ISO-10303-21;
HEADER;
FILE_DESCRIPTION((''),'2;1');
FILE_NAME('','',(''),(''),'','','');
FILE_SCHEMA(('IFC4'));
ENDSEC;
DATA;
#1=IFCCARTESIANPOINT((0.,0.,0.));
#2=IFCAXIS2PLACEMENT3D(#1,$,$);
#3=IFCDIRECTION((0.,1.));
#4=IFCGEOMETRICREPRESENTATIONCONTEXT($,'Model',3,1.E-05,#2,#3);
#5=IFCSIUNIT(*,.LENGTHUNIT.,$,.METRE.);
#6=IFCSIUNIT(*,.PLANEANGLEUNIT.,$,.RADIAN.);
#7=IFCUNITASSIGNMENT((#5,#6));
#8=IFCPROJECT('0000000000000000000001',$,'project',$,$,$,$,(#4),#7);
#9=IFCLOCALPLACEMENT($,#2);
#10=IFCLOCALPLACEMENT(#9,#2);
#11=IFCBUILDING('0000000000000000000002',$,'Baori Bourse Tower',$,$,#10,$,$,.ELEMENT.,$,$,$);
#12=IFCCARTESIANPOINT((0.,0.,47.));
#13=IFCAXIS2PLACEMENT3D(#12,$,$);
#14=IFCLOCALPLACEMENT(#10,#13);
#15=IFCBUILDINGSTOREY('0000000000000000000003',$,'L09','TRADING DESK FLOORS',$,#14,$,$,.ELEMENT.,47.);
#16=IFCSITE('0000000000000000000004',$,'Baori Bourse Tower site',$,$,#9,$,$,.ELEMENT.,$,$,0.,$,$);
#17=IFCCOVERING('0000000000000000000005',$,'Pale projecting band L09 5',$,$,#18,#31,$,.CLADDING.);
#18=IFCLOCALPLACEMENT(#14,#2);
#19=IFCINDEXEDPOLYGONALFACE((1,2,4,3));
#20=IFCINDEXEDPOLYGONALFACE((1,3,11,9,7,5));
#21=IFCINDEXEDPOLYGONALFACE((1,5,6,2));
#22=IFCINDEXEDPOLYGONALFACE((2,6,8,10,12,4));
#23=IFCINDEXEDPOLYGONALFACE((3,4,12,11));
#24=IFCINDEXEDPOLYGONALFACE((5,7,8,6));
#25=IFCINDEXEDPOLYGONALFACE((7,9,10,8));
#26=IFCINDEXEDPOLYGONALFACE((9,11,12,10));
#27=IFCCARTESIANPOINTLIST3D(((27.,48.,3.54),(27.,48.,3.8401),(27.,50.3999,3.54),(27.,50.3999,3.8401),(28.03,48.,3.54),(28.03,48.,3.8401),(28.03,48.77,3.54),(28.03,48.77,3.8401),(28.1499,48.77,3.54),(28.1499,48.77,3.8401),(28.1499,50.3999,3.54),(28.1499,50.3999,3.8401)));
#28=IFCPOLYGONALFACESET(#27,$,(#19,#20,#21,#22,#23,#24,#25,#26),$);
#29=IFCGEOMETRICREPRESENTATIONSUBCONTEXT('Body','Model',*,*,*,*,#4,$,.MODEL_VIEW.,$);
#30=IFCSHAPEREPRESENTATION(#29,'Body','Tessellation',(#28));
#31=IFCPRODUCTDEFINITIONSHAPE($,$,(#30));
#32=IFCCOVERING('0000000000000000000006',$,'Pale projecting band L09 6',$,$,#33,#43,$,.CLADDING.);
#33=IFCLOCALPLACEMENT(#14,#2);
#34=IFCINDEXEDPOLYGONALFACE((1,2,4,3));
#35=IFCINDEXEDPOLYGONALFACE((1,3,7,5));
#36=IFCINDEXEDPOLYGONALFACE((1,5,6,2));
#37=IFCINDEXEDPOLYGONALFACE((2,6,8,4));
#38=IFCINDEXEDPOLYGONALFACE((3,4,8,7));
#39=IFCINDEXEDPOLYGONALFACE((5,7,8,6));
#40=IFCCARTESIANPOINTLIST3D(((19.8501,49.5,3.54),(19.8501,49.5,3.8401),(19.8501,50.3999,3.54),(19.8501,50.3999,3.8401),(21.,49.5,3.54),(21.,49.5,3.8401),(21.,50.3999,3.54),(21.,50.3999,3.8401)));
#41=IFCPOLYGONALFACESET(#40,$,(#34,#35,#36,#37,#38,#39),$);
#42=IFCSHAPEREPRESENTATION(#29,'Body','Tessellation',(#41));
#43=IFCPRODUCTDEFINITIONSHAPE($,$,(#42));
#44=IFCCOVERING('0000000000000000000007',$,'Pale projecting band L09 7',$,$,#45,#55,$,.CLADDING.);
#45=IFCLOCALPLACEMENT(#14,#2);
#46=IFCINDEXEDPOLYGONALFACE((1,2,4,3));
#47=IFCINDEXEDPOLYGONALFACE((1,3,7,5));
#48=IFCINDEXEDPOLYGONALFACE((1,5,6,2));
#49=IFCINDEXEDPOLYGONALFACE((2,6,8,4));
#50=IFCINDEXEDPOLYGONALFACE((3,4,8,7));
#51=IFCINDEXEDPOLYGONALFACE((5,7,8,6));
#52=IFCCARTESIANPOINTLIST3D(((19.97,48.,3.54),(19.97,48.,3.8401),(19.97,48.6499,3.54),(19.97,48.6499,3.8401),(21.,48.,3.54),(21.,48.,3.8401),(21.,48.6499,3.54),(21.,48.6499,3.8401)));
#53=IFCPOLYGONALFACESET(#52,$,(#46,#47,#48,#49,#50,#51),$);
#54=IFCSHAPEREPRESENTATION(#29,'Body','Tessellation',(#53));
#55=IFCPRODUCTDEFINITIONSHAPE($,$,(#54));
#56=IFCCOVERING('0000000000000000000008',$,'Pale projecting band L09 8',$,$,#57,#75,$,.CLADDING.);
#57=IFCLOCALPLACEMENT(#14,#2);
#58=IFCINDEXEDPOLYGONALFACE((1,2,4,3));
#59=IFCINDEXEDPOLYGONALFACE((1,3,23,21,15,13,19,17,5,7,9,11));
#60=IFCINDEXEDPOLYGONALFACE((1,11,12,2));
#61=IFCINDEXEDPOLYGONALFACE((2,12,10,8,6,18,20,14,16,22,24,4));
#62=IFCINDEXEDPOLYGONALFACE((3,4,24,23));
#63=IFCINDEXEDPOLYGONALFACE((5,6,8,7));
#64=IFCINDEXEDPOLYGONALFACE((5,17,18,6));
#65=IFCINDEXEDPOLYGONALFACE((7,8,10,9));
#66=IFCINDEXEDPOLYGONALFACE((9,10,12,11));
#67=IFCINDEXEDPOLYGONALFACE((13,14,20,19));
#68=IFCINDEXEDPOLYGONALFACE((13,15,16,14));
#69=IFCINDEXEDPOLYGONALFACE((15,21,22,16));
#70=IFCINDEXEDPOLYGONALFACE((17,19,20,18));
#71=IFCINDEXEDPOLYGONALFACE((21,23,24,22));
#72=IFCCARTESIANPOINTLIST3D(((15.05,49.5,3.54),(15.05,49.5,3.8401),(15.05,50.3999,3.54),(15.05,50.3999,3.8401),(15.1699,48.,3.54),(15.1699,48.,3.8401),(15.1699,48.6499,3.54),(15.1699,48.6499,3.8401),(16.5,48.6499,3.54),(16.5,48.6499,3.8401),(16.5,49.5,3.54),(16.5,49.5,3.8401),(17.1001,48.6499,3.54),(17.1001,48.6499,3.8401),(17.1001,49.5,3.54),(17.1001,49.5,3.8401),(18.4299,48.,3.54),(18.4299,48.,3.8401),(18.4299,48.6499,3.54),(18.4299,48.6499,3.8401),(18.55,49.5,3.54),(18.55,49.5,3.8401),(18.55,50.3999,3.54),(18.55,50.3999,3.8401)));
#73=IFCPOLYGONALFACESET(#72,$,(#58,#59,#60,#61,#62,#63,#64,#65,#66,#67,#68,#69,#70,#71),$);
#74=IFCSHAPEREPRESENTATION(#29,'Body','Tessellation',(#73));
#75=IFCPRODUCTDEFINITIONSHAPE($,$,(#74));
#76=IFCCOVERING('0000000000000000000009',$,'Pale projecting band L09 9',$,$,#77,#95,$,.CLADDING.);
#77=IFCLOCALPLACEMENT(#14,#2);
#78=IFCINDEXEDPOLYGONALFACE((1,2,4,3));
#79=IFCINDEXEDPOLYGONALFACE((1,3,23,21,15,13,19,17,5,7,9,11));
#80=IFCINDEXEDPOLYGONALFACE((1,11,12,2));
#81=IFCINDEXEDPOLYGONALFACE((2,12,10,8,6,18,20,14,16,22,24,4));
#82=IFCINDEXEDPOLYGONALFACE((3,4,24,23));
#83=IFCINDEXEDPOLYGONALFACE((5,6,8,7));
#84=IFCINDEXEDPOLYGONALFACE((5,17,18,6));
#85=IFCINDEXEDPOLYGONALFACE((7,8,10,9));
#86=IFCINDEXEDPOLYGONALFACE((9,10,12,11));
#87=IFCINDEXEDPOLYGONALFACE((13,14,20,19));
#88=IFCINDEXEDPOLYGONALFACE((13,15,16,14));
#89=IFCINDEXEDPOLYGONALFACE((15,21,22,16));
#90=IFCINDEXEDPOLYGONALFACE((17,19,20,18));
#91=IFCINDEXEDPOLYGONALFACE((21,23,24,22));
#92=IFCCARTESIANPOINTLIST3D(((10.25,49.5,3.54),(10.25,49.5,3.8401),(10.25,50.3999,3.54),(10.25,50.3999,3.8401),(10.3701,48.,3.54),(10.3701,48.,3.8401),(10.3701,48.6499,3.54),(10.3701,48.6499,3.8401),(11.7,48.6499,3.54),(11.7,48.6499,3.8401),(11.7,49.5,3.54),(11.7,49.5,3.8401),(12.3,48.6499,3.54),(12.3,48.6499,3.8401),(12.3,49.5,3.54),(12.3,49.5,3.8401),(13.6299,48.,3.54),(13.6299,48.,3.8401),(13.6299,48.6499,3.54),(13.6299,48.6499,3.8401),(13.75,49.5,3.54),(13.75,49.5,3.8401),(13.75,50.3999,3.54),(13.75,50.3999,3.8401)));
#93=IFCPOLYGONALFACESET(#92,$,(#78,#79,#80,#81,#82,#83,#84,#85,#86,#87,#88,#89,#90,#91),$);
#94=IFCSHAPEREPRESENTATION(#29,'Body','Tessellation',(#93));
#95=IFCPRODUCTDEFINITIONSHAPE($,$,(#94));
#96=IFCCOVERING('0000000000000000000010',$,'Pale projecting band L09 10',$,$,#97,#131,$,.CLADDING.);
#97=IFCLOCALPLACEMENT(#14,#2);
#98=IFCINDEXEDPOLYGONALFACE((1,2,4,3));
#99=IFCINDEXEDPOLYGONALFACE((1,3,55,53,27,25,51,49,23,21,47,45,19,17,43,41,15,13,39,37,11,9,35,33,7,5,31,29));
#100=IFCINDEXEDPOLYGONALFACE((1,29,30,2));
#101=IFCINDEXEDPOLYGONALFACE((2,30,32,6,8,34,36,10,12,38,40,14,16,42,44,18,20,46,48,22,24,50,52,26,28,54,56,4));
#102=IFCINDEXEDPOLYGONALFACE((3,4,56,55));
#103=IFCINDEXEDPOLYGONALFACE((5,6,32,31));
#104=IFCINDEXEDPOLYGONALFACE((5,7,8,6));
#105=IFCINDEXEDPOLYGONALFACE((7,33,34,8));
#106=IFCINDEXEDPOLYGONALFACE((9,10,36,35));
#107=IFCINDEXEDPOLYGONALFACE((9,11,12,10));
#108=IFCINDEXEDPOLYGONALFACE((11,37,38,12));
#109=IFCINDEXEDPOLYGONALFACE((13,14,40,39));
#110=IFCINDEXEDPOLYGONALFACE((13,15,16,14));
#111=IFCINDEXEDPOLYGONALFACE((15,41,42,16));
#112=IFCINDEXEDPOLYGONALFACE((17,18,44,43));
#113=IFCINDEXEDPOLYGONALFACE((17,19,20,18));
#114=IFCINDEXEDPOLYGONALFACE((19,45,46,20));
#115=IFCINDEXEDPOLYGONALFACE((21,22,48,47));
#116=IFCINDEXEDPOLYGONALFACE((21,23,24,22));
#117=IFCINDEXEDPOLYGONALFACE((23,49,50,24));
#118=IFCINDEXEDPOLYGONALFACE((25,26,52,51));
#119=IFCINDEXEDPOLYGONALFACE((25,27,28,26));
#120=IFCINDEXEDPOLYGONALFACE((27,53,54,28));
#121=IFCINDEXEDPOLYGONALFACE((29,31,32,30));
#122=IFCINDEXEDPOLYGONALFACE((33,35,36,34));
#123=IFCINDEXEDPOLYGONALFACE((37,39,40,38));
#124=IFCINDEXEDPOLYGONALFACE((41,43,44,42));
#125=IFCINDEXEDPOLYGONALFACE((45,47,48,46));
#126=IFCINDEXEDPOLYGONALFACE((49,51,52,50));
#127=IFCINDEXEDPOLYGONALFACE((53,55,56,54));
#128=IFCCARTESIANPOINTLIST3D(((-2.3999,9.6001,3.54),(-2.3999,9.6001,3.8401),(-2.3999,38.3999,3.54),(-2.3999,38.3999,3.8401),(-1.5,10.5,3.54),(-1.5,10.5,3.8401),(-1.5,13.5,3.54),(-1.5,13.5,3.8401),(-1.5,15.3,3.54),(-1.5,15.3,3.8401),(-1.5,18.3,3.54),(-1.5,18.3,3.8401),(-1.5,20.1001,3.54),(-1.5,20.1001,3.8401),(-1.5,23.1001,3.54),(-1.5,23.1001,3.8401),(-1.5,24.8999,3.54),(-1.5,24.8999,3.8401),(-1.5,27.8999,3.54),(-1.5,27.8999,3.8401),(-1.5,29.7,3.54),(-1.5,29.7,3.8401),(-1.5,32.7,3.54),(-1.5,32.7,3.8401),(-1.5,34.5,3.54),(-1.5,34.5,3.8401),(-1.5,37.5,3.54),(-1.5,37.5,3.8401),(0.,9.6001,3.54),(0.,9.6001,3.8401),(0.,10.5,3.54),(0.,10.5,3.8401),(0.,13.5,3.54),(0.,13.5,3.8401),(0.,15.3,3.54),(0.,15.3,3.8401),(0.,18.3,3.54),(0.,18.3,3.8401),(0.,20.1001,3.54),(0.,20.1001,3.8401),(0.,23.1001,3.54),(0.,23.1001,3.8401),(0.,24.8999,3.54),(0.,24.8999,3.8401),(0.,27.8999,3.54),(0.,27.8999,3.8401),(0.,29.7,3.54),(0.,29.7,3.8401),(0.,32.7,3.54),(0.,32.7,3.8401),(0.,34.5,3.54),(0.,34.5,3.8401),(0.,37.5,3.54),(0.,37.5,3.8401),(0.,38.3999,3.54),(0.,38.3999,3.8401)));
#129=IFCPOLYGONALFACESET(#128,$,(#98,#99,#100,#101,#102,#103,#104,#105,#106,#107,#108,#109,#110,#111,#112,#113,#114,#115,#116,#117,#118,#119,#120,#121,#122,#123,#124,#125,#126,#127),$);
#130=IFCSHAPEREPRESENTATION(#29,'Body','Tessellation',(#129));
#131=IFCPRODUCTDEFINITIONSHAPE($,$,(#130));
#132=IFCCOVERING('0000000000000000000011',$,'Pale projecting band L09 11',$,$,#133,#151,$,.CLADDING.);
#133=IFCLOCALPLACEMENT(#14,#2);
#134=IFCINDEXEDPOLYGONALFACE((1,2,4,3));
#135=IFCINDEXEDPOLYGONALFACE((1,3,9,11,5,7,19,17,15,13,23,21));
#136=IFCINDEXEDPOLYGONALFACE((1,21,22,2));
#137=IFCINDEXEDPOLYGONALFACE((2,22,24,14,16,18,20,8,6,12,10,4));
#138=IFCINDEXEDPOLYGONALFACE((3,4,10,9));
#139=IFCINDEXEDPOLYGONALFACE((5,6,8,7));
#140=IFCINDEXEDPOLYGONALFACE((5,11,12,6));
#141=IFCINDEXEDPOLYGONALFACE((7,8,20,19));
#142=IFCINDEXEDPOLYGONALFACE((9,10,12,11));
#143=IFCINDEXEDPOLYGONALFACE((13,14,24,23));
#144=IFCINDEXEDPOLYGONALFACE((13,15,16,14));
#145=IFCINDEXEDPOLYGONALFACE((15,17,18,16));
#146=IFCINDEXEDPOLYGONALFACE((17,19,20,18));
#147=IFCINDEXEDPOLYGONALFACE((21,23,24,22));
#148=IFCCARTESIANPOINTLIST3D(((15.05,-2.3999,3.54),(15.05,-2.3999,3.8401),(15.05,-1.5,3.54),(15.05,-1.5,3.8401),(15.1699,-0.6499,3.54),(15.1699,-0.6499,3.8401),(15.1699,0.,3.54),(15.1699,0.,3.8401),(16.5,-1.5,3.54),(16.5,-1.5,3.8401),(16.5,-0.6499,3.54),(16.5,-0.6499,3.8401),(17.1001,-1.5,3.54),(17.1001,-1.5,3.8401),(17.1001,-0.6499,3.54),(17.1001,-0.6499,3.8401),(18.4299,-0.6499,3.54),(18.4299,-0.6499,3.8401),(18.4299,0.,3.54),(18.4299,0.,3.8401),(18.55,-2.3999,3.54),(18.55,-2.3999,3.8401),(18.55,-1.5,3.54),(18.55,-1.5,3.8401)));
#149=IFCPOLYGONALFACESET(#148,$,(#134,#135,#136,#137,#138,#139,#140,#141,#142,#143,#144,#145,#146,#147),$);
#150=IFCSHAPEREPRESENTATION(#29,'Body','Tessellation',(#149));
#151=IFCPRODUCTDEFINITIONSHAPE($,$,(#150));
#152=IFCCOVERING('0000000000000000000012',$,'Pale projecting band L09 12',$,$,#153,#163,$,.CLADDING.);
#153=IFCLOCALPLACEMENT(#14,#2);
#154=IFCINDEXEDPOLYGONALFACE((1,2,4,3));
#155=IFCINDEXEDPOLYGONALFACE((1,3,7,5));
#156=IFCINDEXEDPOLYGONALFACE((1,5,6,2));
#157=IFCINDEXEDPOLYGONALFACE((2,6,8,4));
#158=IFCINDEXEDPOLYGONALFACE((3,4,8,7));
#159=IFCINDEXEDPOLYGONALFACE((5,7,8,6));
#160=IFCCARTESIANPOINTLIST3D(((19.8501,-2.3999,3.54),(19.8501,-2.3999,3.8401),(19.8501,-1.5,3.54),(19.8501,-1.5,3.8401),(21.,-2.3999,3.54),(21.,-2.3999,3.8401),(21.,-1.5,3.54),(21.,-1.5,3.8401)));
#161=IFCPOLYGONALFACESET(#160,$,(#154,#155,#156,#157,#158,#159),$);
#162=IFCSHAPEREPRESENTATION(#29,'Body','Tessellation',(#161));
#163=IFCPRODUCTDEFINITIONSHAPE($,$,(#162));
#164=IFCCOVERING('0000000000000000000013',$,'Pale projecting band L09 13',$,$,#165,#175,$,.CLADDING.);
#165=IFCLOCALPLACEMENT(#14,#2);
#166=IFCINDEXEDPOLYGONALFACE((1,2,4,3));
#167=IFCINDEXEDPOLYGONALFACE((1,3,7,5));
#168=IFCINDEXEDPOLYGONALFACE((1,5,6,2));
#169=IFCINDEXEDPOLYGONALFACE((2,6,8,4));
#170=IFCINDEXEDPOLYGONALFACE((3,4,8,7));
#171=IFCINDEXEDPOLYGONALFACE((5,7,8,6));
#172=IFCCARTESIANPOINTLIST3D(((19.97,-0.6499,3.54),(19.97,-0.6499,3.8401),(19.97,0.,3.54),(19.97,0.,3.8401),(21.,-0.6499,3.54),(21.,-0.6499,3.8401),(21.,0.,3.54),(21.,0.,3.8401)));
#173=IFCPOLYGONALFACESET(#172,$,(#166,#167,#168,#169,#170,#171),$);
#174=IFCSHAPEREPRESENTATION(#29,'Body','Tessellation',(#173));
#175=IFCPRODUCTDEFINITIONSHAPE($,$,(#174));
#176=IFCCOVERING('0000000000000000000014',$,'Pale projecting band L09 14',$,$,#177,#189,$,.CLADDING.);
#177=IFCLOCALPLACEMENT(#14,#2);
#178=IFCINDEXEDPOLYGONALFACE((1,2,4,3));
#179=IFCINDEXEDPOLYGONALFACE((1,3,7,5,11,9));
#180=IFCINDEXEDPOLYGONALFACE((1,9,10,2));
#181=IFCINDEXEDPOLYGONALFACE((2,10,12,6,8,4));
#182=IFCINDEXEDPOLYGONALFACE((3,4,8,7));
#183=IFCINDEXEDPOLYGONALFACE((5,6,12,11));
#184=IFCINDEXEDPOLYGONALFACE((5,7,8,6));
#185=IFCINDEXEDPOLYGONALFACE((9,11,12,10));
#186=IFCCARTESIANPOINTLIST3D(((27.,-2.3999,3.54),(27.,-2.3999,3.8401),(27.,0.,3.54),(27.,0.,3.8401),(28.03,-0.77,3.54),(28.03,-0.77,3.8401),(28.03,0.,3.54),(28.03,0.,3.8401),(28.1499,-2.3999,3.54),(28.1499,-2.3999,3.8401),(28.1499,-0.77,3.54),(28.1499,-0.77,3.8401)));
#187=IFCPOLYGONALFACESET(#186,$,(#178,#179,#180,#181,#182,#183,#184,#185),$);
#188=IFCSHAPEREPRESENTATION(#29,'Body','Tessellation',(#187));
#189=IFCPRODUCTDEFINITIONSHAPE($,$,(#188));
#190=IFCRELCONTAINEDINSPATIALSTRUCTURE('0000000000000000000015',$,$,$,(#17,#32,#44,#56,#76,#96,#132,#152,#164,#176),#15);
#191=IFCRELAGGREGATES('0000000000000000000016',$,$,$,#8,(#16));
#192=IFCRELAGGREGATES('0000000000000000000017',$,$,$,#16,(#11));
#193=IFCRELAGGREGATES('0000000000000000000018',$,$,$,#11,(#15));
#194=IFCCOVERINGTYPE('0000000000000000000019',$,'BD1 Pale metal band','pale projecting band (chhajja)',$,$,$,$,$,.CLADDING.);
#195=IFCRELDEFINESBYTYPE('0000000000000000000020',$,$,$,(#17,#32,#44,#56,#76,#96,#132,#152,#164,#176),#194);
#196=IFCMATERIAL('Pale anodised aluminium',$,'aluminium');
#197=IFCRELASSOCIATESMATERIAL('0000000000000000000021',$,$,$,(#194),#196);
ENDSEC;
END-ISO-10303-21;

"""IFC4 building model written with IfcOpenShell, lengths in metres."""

from ifc_helpers import new_model, si_unit, direction, frame, origin, place, context, subcontext, project, spatial, polyline, outline, extrude, material, type_object, element, save


model = new_model("IFC4")

# Units and contexts
model_context = context("Model", 3, precision=1e-05, world=origin(), true_north=direction((0.0, 1.0)))
body_context = subcontext(model_context, "Body", "Model", "MODEL_VIEW")
ifc_project = project(units=[si_unit("LENGTHUNIT", "METRE"), si_unit("PLANEANGLEUNIT", "RADIAN")], contexts=[model_context])

# Site, building, storey
site_placement = place(None, origin())
site = spatial("IfcSite", under=ifc_project, at=site_placement, Name="Baori Bourse Tower site", CompositionType="ELEMENT", RefElevation=0.0)
building_placement = place(site_placement, origin())
building = spatial("IfcBuilding", under=site, at=building_placement, Name="Baori Bourse Tower", CompositionType="ELEMENT")
storey_placement = place(building_placement, frame((0.0, 0.0, 47.0)))
storey = spatial("IfcBuildingStorey", under=building, at=storey_placement, Name="L09", Description="TRADING DESK FLOORS", CompositionType="ELEMENT", Elevation=47.0)

# Coverings
ifc_material_1 = material(Name="Pale anodised aluminium", Category="aluminium")
covering_type = type_object("IfcCoveringType", Name="BD1 Pale metal band", Description="pale projecting band (chhajja)", PredefinedType="CLADDING", material=ifc_material_1)
covering_1_placement = place(storey_placement, frame((0.0, 0.0, 3.54)))
element("IfcCovering", 1, at=covering_1_placement, inside=storey, type_object=covering_type, Name="Pale projecting band L09 5", PredefinedType="CLADDING", context=body_context, shape_type="SweptSolid", body=[
    extrude(outline(polyline([(27.0, 48.0), (28.03, 48.0), (28.03, 48.77), (28.1499, 48.77), (28.1499, 50.3999), (27.0, 50.3999), (27.0, 48.0)])), origin(), (0.0, 0.0, 1.0), 0.3),
])
covering_2_placement = place(storey_placement, frame((0.0, 0.0, 3.54)))
element("IfcCovering", 2, at=covering_2_placement, inside=storey, type_object=covering_type, Name="Pale projecting band L09 6", PredefinedType="CLADDING", context=body_context, shape_type="SweptSolid", body=[
    extrude(outline(polyline([(19.8501, 50.3999), (19.8501, 49.5), (21.0, 49.5), (21.0, 50.3999), (19.8501, 50.3999)])), origin(), (0.0, 0.0, 1.0), 0.3),
])
covering_3_placement = place(storey_placement, frame((0.0, 0.0, 3.54)))
element("IfcCovering", 3, at=covering_3_placement, inside=storey, type_object=covering_type, Name="Pale projecting band L09 7", PredefinedType="CLADDING", context=body_context, shape_type="SweptSolid", body=[
    extrude(outline(polyline([(19.97, 48.0), (21.0, 48.0), (21.0, 48.6499), (19.97, 48.6499), (19.97, 48.0)])), origin(), (0.0, 0.0, 1.0), 0.3),
])
covering_4_placement = place(storey_placement, frame((0.0, 0.0, 3.54)))
element("IfcCovering", 4, at=covering_4_placement, inside=storey, type_object=covering_type, Name="Pale projecting band L09 8", PredefinedType="CLADDING", context=body_context, shape_type="SweptSolid", body=[
    extrude(outline(polyline([(15.1699, 48.0), (18.4299, 48.0), (18.4299, 48.6499), (17.1001, 48.6499), (17.1001, 49.5), (18.55, 49.5), (18.55, 50.3999), (15.05, 50.3999), (15.05, 49.5), (16.5, 49.5), (16.5, 48.6499), (15.1699, 48.6499), (15.1699, 48.0)])), origin(), (0.0, 0.0, 1.0), 0.3),
])
covering_5_placement = place(storey_placement, frame((0.0, 0.0, 3.54)))
element("IfcCovering", 5, at=covering_5_placement, inside=storey, type_object=covering_type, Name="Pale projecting band L09 9", PredefinedType="CLADDING", context=body_context, shape_type="SweptSolid", body=[
    extrude(outline(polyline([(10.3701, 48.0), (13.6299, 48.0), (13.6299, 48.6499), (12.3, 48.6499), (12.3, 49.5), (13.75, 49.5), (13.75, 50.3999), (10.25, 50.3999), (10.25, 49.5), (11.7, 49.5), (11.7, 48.6499), (10.3701, 48.6499), (10.3701, 48.0)])), origin(), (0.0, 0.0, 1.0), 0.3),
])
covering_6_placement = place(storey_placement, frame((0.0, 0.0, 3.54)))
element("IfcCovering", 6, at=covering_6_placement, inside=storey, type_object=covering_type, Name="Pale projecting band L09 10", PredefinedType="CLADDING", context=body_context, shape_type="SweptSolid", body=[
    extrude(outline(polyline([(0.0, 37.5), (0.0, 38.3999), (-2.3999, 38.3999), (-2.3999, 9.6001), (0.0, 9.6001), (0.0, 10.5), (-1.5, 10.5), (-1.5, 13.5), (0.0, 13.5), (0.0, 15.3), (-1.5, 15.3), (-1.5, 18.3), (0.0, 18.3), (0.0, 20.1001), (-1.5, 20.1001), (-1.5, 23.1001), (0.0, 23.1001), (0.0, 24.8999), (-1.5, 24.8999), (-1.5, 27.8999), (0.0, 27.8999), (0.0, 29.7), (-1.5, 29.7), (-1.5, 32.7), (0.0, 32.7), (0.0, 34.5), (-1.5, 34.5), (-1.5, 37.5), (0.0, 37.5)])), origin(), (0.0, 0.0, 1.0), 0.3),
])
covering_7_placement = place(storey_placement, frame((0.0, 0.0, 3.54)))
element("IfcCovering", 7, at=covering_7_placement, inside=storey, type_object=covering_type, Name="Pale projecting band L09 11", PredefinedType="CLADDING", context=body_context, shape_type="SweptSolid", body=[
    extrude(outline(polyline([(18.4299, 0.0), (15.1699, 0.0), (15.1699, -0.6499), (16.5, -0.6499), (16.5, -1.5), (15.05, -1.5), (15.05, -2.3999), (18.55, -2.3999), (18.55, -1.5), (17.1001, -1.5), (17.1001, -0.6499), (18.4299, -0.6499), (18.4299, 0.0)])), origin(), (0.0, 0.0, 1.0), 0.3),
])
covering_8_placement = place(storey_placement, frame((0.0, 0.0, 3.54)))
element("IfcCovering", 8, at=covering_8_placement, inside=storey, type_object=covering_type, Name="Pale projecting band L09 12", PredefinedType="CLADDING", context=body_context, shape_type="SweptSolid", body=[
    extrude(outline(polyline([(19.8501, -2.3999), (21.0, -2.3999), (21.0, -1.5), (19.8501, -1.5), (19.8501, -2.3999)])), origin(), (0.0, 0.0, 1.0), 0.3),
])
covering_9_placement = place(storey_placement, frame((0.0, 0.0, 3.54)))
element("IfcCovering", 9, at=covering_9_placement, inside=storey, type_object=covering_type, Name="Pale projecting band L09 13", PredefinedType="CLADDING", context=body_context, shape_type="SweptSolid", body=[
    extrude(outline(polyline([(21.0, 0.0), (19.97, 0.0), (19.97, -0.6499), (21.0, -0.6499), (21.0, 0.0)])), origin(), (0.0, 0.0, 1.0), 0.3),
])
covering_10_placement = place(storey_placement, frame((0.0, 0.0, 3.54)))
element("IfcCovering", 10, at=covering_10_placement, inside=storey, type_object=covering_type, Name="Pale projecting band L09 14", PredefinedType="CLADDING", context=body_context, shape_type="SweptSolid", body=[
    extrude(outline(polyline([(28.03, 0.0), (27.0, 0.0), (27.0, -2.3999), (28.1499, -2.3999), (28.1499, -0.77), (28.03, -0.77), (28.03, 0.0)])), origin(), (0.0, 0.0, 1.0), 0.3),
])

save(model, "model.ifc")
